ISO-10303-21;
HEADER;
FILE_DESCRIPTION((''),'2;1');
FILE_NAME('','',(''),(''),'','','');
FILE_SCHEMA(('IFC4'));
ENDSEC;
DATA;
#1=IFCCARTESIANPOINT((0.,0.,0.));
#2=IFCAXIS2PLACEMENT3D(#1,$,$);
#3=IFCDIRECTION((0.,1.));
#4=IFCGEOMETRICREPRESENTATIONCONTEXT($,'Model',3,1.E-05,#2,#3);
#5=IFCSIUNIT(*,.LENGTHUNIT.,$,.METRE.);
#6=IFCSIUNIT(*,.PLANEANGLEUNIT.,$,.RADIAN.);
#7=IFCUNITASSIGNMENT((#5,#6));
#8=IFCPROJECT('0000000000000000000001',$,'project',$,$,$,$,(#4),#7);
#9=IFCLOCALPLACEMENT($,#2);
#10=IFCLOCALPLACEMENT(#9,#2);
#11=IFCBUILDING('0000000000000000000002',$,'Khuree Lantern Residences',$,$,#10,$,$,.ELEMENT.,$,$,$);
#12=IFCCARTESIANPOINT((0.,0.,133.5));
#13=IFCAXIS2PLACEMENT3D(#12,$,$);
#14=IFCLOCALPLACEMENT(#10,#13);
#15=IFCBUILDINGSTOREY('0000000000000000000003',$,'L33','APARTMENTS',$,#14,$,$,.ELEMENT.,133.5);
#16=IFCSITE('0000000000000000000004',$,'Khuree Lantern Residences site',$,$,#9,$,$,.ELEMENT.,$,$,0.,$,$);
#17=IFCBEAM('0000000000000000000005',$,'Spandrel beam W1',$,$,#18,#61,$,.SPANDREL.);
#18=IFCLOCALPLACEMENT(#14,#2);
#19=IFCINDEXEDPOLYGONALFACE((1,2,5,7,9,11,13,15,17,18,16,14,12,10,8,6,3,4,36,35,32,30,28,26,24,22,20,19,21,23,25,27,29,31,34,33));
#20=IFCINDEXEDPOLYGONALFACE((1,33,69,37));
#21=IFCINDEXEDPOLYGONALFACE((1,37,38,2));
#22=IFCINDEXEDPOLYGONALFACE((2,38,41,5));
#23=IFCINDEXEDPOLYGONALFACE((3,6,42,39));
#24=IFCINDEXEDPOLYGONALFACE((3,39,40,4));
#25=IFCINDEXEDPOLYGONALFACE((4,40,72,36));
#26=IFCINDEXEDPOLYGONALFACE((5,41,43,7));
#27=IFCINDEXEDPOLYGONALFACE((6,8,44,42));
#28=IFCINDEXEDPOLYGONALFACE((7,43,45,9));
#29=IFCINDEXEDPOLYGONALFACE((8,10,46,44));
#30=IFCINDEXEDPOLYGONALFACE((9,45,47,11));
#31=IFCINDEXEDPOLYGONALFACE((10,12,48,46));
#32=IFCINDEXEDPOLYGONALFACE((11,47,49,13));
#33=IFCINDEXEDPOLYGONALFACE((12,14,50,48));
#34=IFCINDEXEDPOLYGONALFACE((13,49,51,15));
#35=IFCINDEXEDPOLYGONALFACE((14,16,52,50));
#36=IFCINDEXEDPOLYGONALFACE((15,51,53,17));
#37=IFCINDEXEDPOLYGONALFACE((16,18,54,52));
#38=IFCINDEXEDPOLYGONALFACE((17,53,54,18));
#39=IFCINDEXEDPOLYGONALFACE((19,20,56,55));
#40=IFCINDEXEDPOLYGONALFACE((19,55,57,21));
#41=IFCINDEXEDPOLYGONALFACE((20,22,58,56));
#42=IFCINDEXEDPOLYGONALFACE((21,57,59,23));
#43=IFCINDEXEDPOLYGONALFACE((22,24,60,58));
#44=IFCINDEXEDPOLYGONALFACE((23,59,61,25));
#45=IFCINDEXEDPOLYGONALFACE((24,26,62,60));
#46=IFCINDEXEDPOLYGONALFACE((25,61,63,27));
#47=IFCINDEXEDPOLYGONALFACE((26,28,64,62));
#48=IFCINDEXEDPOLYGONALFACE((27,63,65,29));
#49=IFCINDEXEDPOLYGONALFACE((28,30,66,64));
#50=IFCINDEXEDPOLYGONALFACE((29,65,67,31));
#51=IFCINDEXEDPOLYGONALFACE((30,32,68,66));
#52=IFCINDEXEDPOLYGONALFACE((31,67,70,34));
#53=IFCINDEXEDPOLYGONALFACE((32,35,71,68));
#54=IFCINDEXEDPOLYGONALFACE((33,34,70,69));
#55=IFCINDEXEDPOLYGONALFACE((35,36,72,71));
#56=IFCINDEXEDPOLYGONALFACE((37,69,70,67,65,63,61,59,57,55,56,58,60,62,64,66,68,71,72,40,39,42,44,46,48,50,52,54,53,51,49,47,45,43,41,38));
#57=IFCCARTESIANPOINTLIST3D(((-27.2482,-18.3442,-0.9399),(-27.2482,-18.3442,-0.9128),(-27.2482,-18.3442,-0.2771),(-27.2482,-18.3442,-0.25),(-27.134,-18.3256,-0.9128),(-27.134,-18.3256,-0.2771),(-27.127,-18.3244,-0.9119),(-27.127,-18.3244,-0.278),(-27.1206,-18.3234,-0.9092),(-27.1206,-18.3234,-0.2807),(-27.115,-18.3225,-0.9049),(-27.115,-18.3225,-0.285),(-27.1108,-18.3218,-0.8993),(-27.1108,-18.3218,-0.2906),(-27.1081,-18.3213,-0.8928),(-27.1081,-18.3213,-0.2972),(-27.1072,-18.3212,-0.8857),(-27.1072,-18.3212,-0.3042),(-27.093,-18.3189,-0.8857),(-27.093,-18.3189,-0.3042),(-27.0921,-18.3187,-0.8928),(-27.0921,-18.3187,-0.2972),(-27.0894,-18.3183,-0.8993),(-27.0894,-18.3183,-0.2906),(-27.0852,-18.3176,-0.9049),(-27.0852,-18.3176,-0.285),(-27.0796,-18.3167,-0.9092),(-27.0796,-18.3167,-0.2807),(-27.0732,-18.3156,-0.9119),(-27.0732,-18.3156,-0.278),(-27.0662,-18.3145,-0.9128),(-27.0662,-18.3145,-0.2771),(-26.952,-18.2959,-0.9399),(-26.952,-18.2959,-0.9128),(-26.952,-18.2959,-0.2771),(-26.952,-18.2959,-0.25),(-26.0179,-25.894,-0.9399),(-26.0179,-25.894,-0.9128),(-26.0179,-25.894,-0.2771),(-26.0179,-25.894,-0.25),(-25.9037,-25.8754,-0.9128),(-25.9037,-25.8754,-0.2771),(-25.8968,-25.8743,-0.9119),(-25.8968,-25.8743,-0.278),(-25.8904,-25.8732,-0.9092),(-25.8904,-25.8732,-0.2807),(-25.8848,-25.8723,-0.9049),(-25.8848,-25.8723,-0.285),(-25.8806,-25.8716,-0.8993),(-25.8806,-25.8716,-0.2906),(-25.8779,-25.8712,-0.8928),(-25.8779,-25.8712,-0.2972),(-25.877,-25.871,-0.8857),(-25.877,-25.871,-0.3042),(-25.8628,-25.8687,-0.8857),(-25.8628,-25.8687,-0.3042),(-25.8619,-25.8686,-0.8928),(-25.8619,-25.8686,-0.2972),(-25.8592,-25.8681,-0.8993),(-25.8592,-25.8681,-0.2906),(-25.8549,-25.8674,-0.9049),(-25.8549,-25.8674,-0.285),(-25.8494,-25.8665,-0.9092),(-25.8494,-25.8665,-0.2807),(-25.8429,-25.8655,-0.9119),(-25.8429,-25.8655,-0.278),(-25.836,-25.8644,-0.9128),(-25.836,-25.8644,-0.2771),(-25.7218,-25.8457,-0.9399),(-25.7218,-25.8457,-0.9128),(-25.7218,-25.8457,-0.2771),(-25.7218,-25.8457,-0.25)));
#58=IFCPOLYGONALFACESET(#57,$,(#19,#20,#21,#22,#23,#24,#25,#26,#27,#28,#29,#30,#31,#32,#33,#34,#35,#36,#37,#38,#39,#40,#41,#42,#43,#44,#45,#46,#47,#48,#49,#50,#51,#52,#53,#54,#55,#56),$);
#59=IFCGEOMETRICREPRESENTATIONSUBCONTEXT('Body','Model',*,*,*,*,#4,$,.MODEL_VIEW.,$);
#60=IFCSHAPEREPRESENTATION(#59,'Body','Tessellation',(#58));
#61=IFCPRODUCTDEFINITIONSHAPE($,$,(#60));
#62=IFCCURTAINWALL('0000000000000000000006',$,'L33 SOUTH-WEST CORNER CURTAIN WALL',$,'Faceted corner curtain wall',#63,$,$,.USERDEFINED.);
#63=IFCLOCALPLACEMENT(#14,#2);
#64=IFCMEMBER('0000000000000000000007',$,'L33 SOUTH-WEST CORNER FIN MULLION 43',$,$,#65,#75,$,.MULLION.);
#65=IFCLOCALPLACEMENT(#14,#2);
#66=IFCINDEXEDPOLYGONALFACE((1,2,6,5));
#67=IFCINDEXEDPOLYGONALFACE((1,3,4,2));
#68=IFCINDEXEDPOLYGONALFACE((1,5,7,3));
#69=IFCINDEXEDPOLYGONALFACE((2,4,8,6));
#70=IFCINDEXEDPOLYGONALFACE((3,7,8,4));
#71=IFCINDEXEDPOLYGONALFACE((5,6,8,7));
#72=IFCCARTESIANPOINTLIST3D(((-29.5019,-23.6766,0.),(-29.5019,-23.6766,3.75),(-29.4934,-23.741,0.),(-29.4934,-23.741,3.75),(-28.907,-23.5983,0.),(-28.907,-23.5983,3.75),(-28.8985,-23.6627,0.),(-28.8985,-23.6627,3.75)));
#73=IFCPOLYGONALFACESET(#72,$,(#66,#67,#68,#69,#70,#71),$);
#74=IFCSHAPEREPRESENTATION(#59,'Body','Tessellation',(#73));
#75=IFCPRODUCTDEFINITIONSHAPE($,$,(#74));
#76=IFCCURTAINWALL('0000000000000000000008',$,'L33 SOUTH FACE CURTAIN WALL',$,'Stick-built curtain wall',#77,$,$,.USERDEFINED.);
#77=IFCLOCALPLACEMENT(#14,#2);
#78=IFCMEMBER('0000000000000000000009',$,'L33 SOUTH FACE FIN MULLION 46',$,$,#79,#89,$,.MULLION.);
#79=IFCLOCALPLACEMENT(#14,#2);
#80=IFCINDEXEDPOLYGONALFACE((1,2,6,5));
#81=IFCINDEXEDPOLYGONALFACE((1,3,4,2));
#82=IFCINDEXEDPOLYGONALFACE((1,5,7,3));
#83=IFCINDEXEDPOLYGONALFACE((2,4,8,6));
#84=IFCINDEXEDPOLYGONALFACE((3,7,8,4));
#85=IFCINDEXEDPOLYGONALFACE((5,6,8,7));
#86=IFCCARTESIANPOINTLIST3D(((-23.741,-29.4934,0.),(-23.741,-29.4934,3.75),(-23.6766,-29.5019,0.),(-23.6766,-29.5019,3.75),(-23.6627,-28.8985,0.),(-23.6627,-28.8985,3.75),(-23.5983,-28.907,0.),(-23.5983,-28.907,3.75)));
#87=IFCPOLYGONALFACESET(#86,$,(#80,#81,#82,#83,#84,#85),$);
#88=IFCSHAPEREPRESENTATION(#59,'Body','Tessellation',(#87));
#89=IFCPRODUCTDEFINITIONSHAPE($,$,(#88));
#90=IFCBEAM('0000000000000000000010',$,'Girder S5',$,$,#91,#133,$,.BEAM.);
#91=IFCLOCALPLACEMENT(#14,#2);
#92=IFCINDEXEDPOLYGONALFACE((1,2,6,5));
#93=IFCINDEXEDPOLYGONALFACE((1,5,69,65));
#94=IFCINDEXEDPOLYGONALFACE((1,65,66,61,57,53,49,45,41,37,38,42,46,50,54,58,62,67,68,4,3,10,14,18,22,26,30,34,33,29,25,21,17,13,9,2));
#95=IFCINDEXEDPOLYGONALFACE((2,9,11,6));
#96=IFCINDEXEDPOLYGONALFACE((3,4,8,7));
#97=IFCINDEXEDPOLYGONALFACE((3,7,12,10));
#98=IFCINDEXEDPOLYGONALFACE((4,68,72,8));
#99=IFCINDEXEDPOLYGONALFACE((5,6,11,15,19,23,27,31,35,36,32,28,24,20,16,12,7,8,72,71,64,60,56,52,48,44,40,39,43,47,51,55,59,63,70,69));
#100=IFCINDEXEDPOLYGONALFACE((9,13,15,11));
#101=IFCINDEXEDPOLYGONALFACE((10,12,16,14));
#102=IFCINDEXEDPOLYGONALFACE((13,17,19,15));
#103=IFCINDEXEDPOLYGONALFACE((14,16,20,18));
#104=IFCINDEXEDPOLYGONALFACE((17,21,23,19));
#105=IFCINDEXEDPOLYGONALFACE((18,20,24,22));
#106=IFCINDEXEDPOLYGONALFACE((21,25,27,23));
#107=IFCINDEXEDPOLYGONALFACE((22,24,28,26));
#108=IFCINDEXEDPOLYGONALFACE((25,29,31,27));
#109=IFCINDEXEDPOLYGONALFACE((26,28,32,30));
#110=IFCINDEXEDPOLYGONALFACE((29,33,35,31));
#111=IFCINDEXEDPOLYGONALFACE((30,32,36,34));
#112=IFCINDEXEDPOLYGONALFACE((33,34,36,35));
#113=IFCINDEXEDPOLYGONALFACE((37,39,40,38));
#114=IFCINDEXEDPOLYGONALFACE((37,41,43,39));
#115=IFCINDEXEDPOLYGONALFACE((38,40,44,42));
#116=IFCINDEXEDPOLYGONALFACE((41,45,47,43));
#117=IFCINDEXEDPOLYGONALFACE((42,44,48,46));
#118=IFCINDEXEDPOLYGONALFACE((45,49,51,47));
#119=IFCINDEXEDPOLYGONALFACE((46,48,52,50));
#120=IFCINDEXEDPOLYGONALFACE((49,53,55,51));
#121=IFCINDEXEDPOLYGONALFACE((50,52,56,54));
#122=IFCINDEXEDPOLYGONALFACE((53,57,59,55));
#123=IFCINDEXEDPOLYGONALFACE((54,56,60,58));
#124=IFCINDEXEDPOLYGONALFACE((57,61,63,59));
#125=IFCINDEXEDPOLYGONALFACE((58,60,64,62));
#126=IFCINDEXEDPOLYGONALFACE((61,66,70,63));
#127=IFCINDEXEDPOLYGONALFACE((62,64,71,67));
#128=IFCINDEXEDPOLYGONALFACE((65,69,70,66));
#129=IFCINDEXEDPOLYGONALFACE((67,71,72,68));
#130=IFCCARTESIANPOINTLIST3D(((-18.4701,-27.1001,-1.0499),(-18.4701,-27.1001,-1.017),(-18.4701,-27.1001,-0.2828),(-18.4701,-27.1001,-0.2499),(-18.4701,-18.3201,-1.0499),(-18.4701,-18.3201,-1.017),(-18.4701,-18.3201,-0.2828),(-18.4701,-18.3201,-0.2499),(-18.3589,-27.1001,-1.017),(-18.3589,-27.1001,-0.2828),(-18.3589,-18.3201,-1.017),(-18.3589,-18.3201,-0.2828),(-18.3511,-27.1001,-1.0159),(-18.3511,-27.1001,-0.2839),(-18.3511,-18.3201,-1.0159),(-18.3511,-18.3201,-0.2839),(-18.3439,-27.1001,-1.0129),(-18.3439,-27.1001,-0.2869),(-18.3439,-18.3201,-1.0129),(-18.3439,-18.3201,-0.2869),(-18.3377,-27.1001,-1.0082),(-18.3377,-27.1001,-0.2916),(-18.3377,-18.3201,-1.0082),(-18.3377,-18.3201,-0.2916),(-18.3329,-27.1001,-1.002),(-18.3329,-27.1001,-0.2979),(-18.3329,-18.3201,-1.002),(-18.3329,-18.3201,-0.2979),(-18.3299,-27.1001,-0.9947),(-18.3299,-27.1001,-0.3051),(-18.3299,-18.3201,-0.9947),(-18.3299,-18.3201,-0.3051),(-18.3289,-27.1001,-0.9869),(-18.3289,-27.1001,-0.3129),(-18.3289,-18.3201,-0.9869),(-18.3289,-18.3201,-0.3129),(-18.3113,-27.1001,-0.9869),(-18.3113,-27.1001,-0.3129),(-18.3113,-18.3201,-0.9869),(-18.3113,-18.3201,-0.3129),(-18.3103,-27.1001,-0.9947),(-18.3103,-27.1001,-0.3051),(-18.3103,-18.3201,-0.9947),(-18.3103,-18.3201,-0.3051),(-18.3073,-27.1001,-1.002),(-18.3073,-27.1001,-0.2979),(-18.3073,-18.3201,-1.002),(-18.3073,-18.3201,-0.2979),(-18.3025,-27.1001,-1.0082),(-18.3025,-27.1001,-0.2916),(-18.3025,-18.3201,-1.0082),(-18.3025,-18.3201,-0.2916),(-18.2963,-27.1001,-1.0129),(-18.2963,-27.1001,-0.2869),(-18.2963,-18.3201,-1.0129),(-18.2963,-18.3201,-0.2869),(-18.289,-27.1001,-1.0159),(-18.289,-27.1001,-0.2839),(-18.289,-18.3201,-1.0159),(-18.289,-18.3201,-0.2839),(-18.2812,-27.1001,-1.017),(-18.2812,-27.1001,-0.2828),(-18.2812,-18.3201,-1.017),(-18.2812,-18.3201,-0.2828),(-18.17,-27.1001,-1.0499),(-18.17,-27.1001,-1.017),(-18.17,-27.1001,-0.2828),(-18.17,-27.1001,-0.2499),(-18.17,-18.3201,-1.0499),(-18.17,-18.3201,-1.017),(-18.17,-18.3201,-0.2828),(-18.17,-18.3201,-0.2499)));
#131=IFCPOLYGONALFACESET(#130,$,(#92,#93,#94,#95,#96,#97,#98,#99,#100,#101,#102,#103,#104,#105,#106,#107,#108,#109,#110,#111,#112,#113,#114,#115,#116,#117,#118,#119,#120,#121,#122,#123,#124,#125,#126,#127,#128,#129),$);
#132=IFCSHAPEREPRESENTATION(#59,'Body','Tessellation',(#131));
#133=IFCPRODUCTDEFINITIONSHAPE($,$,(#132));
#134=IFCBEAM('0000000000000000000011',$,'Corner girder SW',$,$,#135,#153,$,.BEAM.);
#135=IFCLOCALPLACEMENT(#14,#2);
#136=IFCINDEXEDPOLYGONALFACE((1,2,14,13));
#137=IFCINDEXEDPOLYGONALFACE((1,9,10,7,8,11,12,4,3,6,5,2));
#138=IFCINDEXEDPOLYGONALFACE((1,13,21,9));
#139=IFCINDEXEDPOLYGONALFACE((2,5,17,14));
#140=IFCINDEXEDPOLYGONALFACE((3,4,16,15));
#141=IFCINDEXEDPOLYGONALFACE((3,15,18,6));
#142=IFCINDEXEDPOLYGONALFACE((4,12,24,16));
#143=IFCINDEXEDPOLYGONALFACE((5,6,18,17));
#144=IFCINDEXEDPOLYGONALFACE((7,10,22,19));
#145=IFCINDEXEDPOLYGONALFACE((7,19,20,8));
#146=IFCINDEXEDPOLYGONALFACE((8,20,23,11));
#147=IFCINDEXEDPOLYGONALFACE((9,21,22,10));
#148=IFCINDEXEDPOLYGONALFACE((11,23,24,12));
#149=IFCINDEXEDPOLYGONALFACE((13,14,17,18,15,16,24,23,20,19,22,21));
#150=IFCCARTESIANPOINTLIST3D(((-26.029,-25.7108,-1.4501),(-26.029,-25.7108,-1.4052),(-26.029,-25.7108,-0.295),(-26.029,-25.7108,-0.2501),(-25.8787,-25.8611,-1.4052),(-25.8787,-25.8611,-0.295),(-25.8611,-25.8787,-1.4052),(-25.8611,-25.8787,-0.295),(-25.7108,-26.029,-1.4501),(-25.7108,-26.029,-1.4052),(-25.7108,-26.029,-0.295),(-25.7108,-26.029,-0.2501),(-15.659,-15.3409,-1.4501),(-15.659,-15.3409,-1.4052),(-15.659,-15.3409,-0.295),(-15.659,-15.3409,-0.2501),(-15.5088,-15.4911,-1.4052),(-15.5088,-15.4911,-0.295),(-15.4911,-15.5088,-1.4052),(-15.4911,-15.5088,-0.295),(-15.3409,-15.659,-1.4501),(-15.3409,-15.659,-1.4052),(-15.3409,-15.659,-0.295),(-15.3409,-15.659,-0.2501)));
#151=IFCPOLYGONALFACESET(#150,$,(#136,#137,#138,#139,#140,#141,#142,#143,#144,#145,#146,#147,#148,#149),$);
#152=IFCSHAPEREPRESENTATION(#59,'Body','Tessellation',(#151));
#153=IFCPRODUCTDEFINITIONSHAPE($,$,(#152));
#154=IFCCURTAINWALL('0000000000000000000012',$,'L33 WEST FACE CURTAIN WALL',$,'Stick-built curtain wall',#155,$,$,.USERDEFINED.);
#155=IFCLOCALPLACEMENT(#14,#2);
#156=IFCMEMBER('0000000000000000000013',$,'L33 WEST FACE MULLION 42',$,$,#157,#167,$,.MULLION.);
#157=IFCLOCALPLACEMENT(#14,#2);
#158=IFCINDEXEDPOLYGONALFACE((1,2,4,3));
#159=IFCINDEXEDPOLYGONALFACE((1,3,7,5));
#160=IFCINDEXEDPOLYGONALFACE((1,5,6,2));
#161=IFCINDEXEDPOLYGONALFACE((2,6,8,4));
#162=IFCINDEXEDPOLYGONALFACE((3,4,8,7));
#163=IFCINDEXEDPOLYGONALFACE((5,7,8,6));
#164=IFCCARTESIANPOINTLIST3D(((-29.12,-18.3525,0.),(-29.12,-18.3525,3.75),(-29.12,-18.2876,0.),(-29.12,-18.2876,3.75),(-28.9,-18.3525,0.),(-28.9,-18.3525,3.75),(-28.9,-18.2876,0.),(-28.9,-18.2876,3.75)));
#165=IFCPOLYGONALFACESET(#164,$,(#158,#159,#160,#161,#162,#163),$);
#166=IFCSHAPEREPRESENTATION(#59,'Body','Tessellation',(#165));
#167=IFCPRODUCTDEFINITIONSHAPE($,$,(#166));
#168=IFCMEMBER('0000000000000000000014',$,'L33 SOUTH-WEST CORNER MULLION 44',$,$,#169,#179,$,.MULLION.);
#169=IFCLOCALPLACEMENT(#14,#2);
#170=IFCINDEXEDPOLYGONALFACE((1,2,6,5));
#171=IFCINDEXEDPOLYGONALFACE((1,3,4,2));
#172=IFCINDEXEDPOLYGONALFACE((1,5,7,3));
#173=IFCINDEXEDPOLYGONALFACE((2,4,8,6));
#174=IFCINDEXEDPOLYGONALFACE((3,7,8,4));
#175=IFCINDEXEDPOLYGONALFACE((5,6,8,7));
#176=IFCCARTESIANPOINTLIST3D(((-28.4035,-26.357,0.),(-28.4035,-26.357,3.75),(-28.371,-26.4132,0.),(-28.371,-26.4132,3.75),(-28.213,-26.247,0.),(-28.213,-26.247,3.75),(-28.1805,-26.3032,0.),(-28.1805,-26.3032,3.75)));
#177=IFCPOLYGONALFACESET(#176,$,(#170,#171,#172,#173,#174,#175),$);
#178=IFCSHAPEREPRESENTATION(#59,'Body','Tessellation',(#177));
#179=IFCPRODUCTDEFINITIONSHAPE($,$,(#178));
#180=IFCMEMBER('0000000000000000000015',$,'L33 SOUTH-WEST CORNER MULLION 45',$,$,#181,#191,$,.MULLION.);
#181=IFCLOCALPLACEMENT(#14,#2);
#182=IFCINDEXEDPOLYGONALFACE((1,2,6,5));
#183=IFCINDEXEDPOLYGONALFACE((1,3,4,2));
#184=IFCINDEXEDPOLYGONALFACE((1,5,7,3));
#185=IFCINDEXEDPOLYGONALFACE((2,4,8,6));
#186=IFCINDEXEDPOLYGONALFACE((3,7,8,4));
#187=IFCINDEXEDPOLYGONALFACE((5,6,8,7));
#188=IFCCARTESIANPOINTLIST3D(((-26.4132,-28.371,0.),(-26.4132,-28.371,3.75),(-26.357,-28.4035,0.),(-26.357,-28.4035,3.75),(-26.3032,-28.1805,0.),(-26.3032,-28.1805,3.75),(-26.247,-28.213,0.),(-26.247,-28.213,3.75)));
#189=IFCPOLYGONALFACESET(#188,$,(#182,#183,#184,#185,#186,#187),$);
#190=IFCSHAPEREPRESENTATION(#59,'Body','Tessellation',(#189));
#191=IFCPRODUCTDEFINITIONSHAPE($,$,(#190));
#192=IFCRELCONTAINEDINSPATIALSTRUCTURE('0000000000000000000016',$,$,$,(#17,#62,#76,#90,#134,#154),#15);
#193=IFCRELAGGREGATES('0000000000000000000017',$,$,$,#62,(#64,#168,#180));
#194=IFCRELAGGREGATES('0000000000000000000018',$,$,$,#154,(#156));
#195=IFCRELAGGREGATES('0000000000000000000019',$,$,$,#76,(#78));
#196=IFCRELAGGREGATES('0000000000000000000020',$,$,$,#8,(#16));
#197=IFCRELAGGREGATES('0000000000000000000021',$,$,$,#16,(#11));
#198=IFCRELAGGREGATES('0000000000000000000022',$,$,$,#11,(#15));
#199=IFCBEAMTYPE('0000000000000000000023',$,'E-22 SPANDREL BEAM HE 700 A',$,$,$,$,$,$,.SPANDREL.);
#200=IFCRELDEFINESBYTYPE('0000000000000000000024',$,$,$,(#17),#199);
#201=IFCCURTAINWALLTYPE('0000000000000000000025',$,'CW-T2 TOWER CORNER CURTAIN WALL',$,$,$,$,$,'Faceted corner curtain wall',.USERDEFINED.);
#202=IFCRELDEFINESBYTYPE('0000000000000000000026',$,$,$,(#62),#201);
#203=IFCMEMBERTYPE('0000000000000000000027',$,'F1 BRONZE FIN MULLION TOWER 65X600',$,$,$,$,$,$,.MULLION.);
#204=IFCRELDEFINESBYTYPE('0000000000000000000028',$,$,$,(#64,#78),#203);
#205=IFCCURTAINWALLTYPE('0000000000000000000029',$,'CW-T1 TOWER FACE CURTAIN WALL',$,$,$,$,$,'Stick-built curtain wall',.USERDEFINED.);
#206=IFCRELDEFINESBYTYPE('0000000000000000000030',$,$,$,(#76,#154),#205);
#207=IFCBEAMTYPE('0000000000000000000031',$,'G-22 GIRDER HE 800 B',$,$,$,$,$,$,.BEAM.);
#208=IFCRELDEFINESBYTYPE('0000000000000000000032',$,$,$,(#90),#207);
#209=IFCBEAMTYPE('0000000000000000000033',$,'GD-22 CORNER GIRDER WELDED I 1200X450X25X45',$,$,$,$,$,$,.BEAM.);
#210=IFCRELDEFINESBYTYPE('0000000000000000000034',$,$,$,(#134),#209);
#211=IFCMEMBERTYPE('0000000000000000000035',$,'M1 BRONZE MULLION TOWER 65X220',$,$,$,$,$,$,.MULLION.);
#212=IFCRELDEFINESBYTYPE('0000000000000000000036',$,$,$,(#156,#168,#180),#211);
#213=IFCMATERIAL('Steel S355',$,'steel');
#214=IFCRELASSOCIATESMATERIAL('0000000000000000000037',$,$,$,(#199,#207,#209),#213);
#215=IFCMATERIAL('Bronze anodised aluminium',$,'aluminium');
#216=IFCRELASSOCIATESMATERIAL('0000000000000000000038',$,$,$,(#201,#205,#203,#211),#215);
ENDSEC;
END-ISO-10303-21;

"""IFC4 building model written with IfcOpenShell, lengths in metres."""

from ifc_helpers import new_model, si_unit, direction, frame, origin, origin_2d, place, context, subcontext, project, spatial, rectangle, i_section, extrude, material, material_profile, profile_set, type_object, element, aggregate, save


model = new_model("IFC4")

# Units and contexts
model_context = context("Model", 3, precision=1e-05, world=origin(), true_north=direction((0.0, 1.0)))
body_context = subcontext(model_context, "Body", "Model", "MODEL_VIEW")
ifc_project = project(units=[si_unit("LENGTHUNIT", "METRE"), si_unit("PLANEANGLEUNIT", "RADIAN")], contexts=[model_context])

# Site, building, storey
site_placement = place(None, origin())
site = spatial("IfcSite", under=ifc_project, at=site_placement, Name="Khuree Lantern Residences site", CompositionType="ELEMENT", RefElevation=0.0)
building_placement = place(site_placement, origin())
building = spatial("IfcBuilding", under=site, at=building_placement, Name="Khuree Lantern Residences", CompositionType="ELEMENT")
storey_placement = place(building_placement, frame((0.0, 0.0, 133.5)))
storey = spatial("IfcBuildingStorey", under=building, at=storey_placement, Name="L33", Description="APARTMENTS", CompositionType="ELEMENT", Elevation=133.5)

# Beam
ifc_material_1 = material(Name="Steel S355", Category="steel")
ifc_material_profile_1 = material_profile(ifc_material_1, i_section(OverallWidth=0.3, OverallDepth=0.6899, WebThickness=0.0144, FlangeThickness=0.0271, FilletRadius=0.0271, at=origin_2d()), Name="HE 700 A")
ifc_profile_set_1 = profile_set([ifc_material_profile_1], Name="Steel S355")
beam_type_1 = type_object("IfcBeamType", Name="E-22 SPANDREL BEAM HE 700 A", PredefinedType="SPANDREL", material=ifc_profile_set_1)
for number, where, z_axis, x_axis, name in (
    (1, (-25.8699, -25.8699, -0.595), (-0.160827, 0.986983, 0.0), (-0.986983, -0.160827, 0.0), "Spandrel beam W1"),
):
    element("IfcBeam", number, at=place(storey_placement, frame(where, z_axis=z_axis, x_axis=x_axis)), inside=storey, type_object=beam_type_1, Name=name, PredefinedType="SPANDREL", context=body_context, shape_type="SweptSolid", body=[
        extrude(i_section(OverallWidth=0.3, OverallDepth=0.6899, WebThickness=0.0144, FlangeThickness=0.0271, FilletRadius=0.0271, at=origin_2d()), origin(), (0.0, 0.0, 1.0), 7.6494),
    ])

# Curtain walls, members
ifc_material_2 = material(Name="Bronze anodised aluminium", Category="aluminium")
curtain_wall_type_1 = type_object("IfcCurtainWallType", Name="CW-T2 TOWER CORNER CURTAIN WALL", ElementType="Faceted corner curtain wall", PredefinedType="USERDEFINED", material=ifc_material_2)
curtain_wall_1_placement = place(storey_placement, origin())
curtain_wall_1 = element("IfcCurtainWall", 2, at=curtain_wall_1_placement, inside=storey, type_object=curtain_wall_type_1, Name="L33 SOUTH-WEST CORNER CURTAIN WALL", ObjectType="Faceted corner curtain wall", PredefinedType="USERDEFINED")
ifc_material_profile_2 = material_profile(ifc_material_2, rectangle(XDim=0.0649, YDim=0.6001, at=origin_2d()), Name="F1 65X600")
ifc_profile_set_2 = profile_set([ifc_material_profile_2], Name="Bronze anodised aluminium")
member_type_1 = type_object("IfcMemberType", Name="F1 BRONZE FIN MULLION TOWER 65X600", PredefinedType="MULLION", material=ifc_profile_set_2)
member_1_placement = place(storey_placement, frame((-29.2002, -23.6697, 0.0), z_axis=(0.0, 0.0, 1.0), x_axis=(0.130526, -0.991445, 0.0)))
member_1 = element("IfcMember", 3, at=member_1_placement, type_object=member_type_1, Name="L33 SOUTH-WEST CORNER FIN MULLION 43", PredefinedType="MULLION", context=body_context, shape_type="SweptSolid", body=[
    extrude(rectangle(XDim=0.0649, YDim=0.6001, at=origin_2d()), origin(), (0.0, 0.0, 1.0), 3.75),
])
curtain_wall_type_2 = type_object("IfcCurtainWallType", Name="CW-T1 TOWER FACE CURTAIN WALL", ElementType="Stick-built curtain wall", PredefinedType="USERDEFINED", material=ifc_material_2)
curtain_wall_2_placement = place(storey_placement, origin())
curtain_wall_2 = element("IfcCurtainWall", 4, at=curtain_wall_2_placement, inside=storey, type_object=curtain_wall_type_2, Name="L33 SOUTH FACE CURTAIN WALL", ObjectType="Stick-built curtain wall", PredefinedType="USERDEFINED")
member_2_placement = place(storey_placement, frame((-23.6697, -29.2002, 0.0), z_axis=(0.0, 0.0, 1.0), x_axis=(0.991445, -0.130526, 0.0)))
member_2 = element("IfcMember", 5, at=member_2_placement, type_object=member_type_1, Name="L33 SOUTH FACE FIN MULLION 46", PredefinedType="MULLION", context=body_context, shape_type="SweptSolid", body=[
    extrude(rectangle(XDim=0.0649, YDim=0.6001, at=origin_2d()), origin(), (0.0, 0.0, 1.0), 3.75),
])

# Beams
ifc_material_profile_3 = material_profile(ifc_material_1, i_section(OverallWidth=0.3, OverallDepth=0.8, WebThickness=0.0176, FlangeThickness=0.033, FilletRadius=0.03, at=origin_2d()), Name="HE 800 B")
ifc_profile_set_3 = profile_set([ifc_material_profile_3], Name="Steel S355")
beam_type_2 = type_object("IfcBeamType", Name="G-22 GIRDER HE 800 B", PredefinedType="BEAM", material=ifc_profile_set_3)
beam_1_placement = place(storey_placement, frame((-18.3201, -27.1001, -0.6499), z_axis=(0.0, 1.0, 0.0), x_axis=(-1.0, 0.0, 0.0)))
element("IfcBeam", 6, at=beam_1_placement, inside=storey, type_object=beam_type_2, Name="Girder S5", PredefinedType="BEAM", context=body_context, shape_type="SweptSolid", body=[
    extrude(i_section(OverallWidth=0.3, OverallDepth=0.8, WebThickness=0.0176, FlangeThickness=0.033, FilletRadius=0.03, at=origin_2d()), origin(), (0.0, 0.0, 1.0), 8.78),
])
ifc_material_profile_4 = material_profile(ifc_material_1, i_section(OverallWidth=0.45, OverallDepth=1.2, WebThickness=0.0249, FlangeThickness=0.0449, at=origin_2d()), Name="WELDED I 1200X450X25X45")
ifc_profile_set_4 = profile_set([ifc_material_profile_4], Name="Steel S355")
beam_type_3 = type_object("IfcBeamType", Name="GD-22 CORNER GIRDER WELDED I 1200X450X25X45", PredefinedType="BEAM", material=ifc_profile_set_4)
beam_2_placement = place(storey_placement, frame((-25.8699, -25.8699, -0.8501), z_axis=(0.707107, 0.707107, 0.0), x_axis=(-0.707107, 0.707107, 0.0)))
element("IfcBeam", 7, at=beam_2_placement, inside=storey, type_object=beam_type_3, Name="Corner girder SW", PredefinedType="BEAM", context=body_context, shape_type="SweptSolid", body=[
    extrude(i_section(OverallWidth=0.45, OverallDepth=1.2, WebThickness=0.0249, FlangeThickness=0.0449, at=origin_2d()), origin(), (0.0, 0.0, 1.0), 14.6653),
])

# Curtain wall, member
curtain_wall_3_placement = place(storey_placement, origin())
curtain_wall_3 = element("IfcCurtainWall", 8, at=curtain_wall_3_placement, inside=storey, type_object=curtain_wall_type_2, Name="L33 WEST FACE CURTAIN WALL", ObjectType="Stick-built curtain wall", PredefinedType="USERDEFINED")
ifc_material_profile_5 = material_profile(ifc_material_2, rectangle(XDim=0.0649, YDim=0.22, at=origin_2d()), Name="M1 65X220")
ifc_profile_set_5 = profile_set([ifc_material_profile_5], Name="Bronze anodised aluminium")
member_type_2 = type_object("IfcMemberType", Name="M1 BRONZE MULLION TOWER 65X220", PredefinedType="MULLION", material=ifc_profile_set_5)
member_3_placement = place(storey_placement, frame((-29.01, -18.3201, 0.0), z_axis=(0.0, 0.0, 1.0), x_axis=(0.0, -1.0, 0.0)))
member_3 = element("IfcMember", 9, at=member_3_placement, type_object=member_type_2, Name="L33 WEST FACE MULLION 42", PredefinedType="MULLION", context=body_context, shape_type="SweptSolid", body=[
    extrude(rectangle(XDim=0.0649, YDim=0.22, at=origin_2d()), origin(), (0.0, 0.0, 1.0), 3.75),
])

# Members
member_4_placement = place(storey_placement, frame((-28.292, -26.3301, 0.0), z_axis=(0.0, 0.0, 1.0), x_axis=(0.5, -0.866025, 0.0)))
member_4 = element("IfcMember", 10, at=member_4_placement, type_object=member_type_2, Name="L33 SOUTH-WEST CORNER MULLION 44", PredefinedType="MULLION", context=body_context, shape_type="SweptSolid", body=[
    extrude(rectangle(XDim=0.0649, YDim=0.22, at=origin_2d()), origin(), (0.0, 0.0, 1.0), 3.75),
])
member_5_placement = place(storey_placement, frame((-26.3301, -28.292, 0.0), z_axis=(0.0, 0.0, 1.0), x_axis=(0.866025, -0.5, 0.0)))
member_5 = element("IfcMember", 11, at=member_5_placement, type_object=member_type_2, Name="L33 SOUTH-WEST CORNER MULLION 45", PredefinedType="MULLION", context=body_context, shape_type="SweptSolid", body=[
    extrude(rectangle(XDim=0.0649, YDim=0.22, at=origin_2d()), origin(), (0.0, 0.0, 1.0), 3.75),
])

aggregate(curtain_wall_1, [member_1, member_4, member_5])
aggregate(curtain_wall_3, [member_3])
aggregate(curtain_wall_2, [member_2])

save(model, "model.ifc")
